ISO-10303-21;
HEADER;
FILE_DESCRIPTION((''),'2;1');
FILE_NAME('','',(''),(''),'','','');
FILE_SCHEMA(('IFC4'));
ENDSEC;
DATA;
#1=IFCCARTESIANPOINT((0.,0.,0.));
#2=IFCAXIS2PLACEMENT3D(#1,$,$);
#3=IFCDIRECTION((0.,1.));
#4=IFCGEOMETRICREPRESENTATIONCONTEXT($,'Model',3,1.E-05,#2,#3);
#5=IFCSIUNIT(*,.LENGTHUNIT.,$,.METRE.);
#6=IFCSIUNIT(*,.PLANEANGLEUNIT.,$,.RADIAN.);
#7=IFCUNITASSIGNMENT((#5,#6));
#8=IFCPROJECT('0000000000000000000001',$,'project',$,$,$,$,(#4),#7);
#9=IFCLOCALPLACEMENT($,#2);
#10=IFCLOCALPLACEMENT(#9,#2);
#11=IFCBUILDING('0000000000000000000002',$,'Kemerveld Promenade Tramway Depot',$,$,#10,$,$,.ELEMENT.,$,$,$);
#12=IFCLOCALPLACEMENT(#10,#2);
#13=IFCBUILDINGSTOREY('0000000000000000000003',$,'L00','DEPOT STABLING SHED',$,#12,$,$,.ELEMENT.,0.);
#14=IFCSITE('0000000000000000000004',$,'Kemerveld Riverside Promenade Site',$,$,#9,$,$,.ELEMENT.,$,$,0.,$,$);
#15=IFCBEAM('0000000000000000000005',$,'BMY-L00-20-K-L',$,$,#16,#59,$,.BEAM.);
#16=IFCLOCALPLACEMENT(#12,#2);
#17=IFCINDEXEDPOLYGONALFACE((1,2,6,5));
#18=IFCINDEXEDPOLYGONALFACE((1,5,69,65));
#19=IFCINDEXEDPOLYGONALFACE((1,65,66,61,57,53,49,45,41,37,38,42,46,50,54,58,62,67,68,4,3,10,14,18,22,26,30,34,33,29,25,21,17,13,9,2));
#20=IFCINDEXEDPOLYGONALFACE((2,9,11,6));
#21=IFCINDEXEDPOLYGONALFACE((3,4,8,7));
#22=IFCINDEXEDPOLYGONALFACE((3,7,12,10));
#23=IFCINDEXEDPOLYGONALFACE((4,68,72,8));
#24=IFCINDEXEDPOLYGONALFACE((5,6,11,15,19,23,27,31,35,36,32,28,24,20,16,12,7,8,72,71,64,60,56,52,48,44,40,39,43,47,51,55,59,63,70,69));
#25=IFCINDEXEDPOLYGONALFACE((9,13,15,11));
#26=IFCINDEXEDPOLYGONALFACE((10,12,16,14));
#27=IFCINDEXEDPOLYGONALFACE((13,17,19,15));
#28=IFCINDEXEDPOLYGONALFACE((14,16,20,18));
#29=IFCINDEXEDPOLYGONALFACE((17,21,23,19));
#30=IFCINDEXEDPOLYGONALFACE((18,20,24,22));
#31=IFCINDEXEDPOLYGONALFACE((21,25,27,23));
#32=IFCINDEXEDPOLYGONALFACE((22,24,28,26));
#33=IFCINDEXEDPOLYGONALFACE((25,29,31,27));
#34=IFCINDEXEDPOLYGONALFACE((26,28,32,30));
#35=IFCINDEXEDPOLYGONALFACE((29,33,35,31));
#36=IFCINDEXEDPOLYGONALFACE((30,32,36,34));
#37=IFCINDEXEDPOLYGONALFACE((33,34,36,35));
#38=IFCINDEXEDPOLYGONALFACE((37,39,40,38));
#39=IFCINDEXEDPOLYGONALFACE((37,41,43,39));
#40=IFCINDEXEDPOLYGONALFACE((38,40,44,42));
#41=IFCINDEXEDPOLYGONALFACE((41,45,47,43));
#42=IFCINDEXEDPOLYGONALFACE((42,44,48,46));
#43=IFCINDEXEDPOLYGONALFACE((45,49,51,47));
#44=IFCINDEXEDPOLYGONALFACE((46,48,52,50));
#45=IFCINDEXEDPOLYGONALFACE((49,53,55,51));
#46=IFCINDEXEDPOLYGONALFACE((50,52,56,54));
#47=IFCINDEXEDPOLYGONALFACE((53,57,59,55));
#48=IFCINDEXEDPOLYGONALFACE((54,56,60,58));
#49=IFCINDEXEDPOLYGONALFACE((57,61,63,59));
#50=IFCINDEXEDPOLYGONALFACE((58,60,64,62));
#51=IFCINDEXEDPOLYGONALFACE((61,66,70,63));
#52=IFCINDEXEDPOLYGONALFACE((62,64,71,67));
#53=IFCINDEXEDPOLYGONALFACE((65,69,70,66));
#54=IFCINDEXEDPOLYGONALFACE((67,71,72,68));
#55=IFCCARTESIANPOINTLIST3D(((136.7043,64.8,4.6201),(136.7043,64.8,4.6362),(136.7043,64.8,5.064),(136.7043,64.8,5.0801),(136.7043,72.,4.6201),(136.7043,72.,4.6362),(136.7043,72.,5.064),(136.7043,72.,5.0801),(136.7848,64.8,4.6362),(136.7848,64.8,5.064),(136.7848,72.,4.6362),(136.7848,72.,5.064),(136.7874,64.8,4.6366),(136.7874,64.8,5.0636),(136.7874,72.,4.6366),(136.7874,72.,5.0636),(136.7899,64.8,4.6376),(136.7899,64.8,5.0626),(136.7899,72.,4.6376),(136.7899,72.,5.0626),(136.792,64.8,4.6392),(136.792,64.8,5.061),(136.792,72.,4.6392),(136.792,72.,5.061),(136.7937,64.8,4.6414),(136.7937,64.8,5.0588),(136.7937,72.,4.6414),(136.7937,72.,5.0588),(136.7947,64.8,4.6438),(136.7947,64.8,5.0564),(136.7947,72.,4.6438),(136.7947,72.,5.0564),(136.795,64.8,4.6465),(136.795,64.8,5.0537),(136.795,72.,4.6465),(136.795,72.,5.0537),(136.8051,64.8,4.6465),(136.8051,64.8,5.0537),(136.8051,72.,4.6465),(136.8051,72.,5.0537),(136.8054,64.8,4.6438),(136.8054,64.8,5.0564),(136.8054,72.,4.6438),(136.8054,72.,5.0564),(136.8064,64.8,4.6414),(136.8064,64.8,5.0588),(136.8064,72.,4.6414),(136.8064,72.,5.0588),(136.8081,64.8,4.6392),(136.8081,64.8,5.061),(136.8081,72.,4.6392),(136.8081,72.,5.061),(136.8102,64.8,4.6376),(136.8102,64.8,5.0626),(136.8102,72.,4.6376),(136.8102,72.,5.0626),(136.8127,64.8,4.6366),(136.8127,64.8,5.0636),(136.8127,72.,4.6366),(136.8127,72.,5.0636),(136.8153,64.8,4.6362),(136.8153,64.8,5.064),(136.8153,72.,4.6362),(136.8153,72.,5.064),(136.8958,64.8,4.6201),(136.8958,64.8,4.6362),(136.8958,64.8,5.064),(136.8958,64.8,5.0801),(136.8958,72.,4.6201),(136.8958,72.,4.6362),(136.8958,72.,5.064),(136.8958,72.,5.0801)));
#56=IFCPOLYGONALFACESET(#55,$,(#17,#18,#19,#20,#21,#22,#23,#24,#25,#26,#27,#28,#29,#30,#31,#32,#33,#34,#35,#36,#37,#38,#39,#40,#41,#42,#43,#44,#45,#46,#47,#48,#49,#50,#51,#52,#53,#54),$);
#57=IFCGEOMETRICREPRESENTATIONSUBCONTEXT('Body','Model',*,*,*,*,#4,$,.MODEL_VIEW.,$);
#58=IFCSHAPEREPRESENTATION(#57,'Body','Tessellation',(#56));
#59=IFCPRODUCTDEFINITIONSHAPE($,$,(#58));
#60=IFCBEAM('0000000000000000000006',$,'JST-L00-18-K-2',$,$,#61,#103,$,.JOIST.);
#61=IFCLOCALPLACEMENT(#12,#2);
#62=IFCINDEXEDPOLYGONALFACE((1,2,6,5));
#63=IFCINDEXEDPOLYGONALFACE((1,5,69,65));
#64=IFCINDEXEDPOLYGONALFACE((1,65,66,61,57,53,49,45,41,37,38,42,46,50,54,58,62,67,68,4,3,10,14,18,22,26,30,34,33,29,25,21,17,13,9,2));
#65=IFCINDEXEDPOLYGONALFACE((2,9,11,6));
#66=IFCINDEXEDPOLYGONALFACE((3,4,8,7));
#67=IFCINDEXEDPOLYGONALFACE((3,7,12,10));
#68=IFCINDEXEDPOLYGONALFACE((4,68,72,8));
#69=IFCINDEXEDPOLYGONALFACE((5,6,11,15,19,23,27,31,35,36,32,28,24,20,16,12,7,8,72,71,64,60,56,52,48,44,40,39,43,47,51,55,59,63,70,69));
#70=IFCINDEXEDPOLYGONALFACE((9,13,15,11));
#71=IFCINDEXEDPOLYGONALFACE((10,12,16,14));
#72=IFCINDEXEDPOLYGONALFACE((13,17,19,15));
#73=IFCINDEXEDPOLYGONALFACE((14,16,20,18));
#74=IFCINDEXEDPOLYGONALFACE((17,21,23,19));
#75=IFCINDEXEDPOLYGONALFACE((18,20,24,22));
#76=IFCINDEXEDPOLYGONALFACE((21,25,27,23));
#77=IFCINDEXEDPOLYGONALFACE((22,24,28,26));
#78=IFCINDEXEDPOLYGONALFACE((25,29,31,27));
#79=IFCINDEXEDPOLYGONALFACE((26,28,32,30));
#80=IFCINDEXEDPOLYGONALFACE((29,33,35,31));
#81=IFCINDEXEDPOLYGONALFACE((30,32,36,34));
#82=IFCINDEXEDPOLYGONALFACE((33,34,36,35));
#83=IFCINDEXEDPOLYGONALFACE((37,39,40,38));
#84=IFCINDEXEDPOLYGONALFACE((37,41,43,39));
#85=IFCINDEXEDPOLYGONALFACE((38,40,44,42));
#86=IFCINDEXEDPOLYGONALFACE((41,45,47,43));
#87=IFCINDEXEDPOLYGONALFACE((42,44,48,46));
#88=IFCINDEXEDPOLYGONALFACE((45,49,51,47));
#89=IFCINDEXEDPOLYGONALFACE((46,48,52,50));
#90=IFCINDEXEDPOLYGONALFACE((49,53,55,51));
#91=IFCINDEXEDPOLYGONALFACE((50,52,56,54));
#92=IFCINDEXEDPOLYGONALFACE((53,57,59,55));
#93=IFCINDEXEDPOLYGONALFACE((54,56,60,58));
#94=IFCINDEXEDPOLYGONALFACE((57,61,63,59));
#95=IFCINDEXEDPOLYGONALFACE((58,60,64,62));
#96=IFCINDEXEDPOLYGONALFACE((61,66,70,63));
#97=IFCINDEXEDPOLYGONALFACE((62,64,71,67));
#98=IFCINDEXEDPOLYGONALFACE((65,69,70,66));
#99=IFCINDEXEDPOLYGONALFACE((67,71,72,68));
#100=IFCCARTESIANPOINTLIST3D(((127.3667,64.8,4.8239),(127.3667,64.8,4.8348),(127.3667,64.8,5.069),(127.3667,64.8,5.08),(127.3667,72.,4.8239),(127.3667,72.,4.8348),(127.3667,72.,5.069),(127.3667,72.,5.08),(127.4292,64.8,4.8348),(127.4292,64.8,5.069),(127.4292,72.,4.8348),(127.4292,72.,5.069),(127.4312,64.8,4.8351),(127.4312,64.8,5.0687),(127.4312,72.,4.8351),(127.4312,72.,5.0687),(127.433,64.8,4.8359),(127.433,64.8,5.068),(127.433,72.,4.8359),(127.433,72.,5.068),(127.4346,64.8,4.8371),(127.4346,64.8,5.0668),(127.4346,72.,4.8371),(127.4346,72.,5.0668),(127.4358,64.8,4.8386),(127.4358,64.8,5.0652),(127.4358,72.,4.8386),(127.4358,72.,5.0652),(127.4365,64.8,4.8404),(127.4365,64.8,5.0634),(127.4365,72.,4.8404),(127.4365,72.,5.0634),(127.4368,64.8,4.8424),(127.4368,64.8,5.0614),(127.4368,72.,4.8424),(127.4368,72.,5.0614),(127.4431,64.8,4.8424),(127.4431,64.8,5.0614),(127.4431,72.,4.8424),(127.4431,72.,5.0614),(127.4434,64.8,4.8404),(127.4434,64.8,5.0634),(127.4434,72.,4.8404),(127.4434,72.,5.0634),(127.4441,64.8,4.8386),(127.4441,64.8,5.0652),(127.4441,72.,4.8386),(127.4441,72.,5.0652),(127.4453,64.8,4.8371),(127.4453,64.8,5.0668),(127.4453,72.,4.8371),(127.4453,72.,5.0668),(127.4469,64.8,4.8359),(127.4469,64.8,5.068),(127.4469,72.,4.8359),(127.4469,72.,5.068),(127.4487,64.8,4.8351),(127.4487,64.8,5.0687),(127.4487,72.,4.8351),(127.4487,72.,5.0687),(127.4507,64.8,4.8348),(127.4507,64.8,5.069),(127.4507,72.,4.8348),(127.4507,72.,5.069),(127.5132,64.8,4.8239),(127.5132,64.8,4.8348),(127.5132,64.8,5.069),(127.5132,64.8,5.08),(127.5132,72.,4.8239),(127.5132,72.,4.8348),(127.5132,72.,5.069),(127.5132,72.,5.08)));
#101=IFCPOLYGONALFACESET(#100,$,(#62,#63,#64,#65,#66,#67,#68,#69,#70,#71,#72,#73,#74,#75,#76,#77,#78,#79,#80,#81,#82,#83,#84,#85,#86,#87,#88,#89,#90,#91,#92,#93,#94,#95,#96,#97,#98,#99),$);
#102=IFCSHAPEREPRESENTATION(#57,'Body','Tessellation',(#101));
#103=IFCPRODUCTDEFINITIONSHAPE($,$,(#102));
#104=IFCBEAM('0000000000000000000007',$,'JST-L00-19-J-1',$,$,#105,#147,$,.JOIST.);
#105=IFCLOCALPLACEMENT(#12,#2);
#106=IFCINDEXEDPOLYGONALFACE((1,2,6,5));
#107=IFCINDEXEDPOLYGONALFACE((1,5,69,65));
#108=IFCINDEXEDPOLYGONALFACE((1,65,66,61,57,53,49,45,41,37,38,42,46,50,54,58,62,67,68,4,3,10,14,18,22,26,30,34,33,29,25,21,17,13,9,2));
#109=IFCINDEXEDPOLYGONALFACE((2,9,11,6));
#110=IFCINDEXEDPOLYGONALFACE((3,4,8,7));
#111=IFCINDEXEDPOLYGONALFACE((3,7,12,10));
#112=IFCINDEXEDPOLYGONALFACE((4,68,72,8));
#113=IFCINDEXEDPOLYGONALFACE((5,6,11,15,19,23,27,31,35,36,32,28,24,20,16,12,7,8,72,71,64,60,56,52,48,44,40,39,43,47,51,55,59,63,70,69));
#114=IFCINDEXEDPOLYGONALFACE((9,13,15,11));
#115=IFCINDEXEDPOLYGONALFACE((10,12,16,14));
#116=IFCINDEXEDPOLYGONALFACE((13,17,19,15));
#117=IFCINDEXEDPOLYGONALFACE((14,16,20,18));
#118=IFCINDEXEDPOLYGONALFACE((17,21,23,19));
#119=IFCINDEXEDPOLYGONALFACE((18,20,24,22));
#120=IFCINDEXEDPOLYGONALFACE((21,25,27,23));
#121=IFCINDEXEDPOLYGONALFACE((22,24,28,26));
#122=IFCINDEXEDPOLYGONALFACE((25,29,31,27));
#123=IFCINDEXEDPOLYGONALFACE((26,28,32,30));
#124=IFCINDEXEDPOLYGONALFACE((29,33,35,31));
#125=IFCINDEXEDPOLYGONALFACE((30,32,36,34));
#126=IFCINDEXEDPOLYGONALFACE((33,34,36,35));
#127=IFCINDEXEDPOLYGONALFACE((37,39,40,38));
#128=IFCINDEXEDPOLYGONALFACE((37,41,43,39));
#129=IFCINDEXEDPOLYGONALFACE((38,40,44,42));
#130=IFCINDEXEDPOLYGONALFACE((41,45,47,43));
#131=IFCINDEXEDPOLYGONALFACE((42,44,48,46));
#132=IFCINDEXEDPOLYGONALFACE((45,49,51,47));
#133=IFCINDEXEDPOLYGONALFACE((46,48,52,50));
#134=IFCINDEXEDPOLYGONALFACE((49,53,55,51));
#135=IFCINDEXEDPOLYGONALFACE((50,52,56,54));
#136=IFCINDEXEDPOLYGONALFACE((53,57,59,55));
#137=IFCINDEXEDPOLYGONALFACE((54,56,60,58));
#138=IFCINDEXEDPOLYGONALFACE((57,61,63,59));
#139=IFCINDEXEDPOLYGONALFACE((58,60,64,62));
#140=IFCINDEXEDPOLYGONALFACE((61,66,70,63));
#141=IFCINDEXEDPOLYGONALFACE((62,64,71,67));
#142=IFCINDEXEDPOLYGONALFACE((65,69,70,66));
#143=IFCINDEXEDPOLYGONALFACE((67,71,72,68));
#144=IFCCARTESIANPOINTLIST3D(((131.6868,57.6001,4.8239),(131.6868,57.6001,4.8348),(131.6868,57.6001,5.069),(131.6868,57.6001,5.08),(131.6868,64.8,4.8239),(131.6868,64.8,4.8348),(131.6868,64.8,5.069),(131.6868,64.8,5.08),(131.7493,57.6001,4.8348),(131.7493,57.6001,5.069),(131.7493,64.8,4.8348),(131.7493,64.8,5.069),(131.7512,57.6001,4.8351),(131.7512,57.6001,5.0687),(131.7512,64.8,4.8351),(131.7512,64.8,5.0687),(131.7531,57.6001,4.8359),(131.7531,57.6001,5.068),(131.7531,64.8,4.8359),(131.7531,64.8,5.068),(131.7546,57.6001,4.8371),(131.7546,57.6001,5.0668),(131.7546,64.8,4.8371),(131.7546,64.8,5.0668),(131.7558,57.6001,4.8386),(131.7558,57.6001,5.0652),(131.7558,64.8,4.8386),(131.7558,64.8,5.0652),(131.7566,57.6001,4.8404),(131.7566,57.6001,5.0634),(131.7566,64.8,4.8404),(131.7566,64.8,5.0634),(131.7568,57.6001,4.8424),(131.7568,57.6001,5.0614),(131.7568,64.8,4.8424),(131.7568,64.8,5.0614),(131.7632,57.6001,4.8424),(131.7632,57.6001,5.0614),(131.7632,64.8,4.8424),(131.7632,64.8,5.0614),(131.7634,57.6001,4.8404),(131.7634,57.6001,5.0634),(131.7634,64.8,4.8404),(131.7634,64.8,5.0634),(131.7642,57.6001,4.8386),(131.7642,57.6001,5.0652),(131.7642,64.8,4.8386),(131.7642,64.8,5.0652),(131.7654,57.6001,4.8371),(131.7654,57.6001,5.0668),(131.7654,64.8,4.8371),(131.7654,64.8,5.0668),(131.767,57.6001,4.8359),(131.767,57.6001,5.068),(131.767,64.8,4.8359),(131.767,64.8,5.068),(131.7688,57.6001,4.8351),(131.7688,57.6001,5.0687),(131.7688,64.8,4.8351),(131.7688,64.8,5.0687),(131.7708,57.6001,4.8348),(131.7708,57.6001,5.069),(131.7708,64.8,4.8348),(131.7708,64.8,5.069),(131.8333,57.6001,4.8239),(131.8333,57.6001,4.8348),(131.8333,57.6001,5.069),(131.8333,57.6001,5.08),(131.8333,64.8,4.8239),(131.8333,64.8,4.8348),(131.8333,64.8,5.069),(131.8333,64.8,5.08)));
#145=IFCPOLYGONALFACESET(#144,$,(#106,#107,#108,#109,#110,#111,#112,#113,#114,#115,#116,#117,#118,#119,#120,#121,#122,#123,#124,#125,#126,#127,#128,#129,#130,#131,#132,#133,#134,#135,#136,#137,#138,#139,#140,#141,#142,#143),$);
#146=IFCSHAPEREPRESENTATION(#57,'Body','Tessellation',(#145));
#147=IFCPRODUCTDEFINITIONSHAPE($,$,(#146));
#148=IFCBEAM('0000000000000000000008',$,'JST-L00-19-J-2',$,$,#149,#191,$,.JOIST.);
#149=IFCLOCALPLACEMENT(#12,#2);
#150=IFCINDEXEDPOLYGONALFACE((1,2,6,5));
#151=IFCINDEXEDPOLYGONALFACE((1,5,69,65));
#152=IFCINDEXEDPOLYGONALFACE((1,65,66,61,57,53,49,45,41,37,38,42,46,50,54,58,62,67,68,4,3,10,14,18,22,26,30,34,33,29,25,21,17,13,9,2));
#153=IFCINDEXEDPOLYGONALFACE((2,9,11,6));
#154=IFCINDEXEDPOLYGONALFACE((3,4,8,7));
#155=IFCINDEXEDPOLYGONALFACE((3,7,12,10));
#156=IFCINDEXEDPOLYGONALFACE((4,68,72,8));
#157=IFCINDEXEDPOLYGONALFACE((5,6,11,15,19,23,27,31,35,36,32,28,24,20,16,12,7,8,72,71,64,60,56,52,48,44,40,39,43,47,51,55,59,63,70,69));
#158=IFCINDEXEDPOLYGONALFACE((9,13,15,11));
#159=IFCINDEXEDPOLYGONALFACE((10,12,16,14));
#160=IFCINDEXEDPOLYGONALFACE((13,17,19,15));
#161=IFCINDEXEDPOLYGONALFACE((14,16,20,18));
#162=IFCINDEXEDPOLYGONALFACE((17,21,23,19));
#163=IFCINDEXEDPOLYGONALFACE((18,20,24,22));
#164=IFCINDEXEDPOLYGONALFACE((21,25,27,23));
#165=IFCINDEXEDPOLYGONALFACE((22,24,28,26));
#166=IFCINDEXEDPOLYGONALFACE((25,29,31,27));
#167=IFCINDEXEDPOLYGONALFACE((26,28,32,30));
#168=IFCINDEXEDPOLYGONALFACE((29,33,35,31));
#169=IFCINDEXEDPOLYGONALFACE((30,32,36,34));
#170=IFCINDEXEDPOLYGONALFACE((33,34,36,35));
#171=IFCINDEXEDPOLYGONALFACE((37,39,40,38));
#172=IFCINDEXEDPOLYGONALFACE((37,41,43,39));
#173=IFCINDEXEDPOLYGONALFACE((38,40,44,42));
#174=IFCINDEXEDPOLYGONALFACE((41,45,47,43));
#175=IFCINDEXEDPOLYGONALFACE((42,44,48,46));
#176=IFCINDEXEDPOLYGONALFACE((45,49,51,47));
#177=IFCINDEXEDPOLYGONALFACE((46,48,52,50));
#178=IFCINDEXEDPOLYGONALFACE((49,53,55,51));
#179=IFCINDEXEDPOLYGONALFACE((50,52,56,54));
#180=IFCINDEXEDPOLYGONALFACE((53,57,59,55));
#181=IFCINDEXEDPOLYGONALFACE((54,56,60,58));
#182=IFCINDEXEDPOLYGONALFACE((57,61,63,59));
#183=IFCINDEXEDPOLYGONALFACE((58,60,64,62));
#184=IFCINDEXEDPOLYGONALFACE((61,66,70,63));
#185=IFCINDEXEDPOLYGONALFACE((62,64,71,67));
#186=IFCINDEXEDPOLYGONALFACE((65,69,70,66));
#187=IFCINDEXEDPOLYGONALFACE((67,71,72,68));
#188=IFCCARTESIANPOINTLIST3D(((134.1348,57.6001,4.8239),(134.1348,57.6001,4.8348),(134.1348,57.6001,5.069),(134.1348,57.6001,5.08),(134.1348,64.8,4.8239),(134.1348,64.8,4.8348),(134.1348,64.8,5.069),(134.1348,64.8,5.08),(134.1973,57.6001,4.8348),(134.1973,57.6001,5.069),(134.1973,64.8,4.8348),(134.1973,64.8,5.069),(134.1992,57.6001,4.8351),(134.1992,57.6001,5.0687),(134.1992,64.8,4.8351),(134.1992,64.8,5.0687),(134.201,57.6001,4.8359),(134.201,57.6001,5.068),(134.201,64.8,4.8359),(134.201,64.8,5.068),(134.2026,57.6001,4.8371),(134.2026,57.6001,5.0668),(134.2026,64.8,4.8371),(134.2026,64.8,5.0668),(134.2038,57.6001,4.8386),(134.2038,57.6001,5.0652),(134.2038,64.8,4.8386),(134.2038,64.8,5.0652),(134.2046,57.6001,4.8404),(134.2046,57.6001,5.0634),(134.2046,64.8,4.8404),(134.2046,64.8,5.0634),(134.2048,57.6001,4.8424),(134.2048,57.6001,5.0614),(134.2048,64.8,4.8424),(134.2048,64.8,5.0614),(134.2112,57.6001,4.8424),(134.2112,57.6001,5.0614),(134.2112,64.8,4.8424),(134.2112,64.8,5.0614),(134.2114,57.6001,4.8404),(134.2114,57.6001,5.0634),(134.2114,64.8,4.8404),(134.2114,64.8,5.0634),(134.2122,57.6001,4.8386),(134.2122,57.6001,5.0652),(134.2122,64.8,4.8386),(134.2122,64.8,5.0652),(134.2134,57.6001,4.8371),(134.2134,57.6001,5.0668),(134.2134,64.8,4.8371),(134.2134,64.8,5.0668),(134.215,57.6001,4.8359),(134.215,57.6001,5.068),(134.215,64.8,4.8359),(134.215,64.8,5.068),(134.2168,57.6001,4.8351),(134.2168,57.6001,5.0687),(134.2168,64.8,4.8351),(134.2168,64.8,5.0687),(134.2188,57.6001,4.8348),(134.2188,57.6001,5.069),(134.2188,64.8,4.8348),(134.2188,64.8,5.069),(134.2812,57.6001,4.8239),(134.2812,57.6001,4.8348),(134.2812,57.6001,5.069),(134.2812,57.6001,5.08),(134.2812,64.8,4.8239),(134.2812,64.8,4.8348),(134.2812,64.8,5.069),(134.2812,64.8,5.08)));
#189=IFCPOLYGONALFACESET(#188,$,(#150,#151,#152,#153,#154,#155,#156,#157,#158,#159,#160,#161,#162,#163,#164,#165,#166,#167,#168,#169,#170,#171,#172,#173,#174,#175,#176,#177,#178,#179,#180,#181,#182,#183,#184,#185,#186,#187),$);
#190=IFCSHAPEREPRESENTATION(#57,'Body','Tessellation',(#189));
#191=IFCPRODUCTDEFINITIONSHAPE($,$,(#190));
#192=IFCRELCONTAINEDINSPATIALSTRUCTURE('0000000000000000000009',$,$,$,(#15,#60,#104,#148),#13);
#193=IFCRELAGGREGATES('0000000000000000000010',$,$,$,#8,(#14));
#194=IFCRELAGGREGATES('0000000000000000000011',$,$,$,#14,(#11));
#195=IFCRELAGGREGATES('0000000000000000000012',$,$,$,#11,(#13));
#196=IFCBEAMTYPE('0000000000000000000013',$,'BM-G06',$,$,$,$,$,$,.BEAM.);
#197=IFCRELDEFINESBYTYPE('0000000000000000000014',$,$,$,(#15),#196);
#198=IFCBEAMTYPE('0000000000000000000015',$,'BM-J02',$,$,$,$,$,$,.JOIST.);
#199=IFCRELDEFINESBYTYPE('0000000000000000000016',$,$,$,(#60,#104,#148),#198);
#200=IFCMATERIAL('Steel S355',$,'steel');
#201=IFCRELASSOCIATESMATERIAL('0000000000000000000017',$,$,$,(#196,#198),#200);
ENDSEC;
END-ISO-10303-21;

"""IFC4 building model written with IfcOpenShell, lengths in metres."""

from ifc_helpers import new_model, si_unit, direction, frame, origin, origin_2d, place, context, subcontext, project, spatial, i_section, extrude, material, material_profile, profile_set, type_object, element, save


model = new_model("IFC4")

# Units and contexts
model_context = context("Model", 3, precision=1e-05, world=origin(), true_north=direction((0.0, 1.0)))
body_context = subcontext(model_context, "Body", "Model", "MODEL_VIEW")
ifc_project = project(units=[si_unit("LENGTHUNIT", "METRE"), si_unit("PLANEANGLEUNIT", "RADIAN")], contexts=[model_context])

# Site, building, storey
site_placement = place(None, origin())
site = spatial("IfcSite", under=ifc_project, at=site_placement, Name="Kemerveld Riverside Promenade Site", CompositionType="ELEMENT", RefElevation=0.0)
building_placement = place(site_placement, origin())
building = spatial("IfcBuilding", under=site, at=building_placement, Name="Kemerveld Promenade Tramway Depot", CompositionType="ELEMENT")
storey_placement = place(building_placement, origin())
storey = spatial("IfcBuildingStorey", under=building, at=storey_placement, Name="L00", Description="DEPOT STABLING SHED", CompositionType="ELEMENT", Elevation=0.0)

# Beams
ifc_material_1 = material(Name="Steel S355", Category="steel")
ifc_material_profile_1 = material_profile(ifc_material_1, i_section(OverallWidth=0.1914, OverallDepth=0.46, WebThickness=0.01, FlangeThickness=0.0161, FilletRadius=0.0103, at=origin_2d()), Name="457x191x82 UB")
ifc_profile_set_1 = profile_set([ifc_material_profile_1], Name="Steel S355")
beam_type_1 = type_object("IfcBeamType", Name="BM-G06", PredefinedType="BEAM", material=ifc_profile_set_1)
for number, where, z_axis, x_axis, name in (
    (1, (136.8, 64.8, 4.8501), (0.0, 1.0, 0.0), (-1.0, 0.0, 0.0), "BMY-L00-20-K-L"),
):
    element("IfcBeam", number, at=place(storey_placement, frame(where, z_axis=z_axis, x_axis=x_axis)), inside=storey, type_object=beam_type_1, Name=name, PredefinedType="BEAM", context=body_context, shape_type="SweptSolid", body=[
        extrude(i_section(OverallWidth=0.1914, OverallDepth=0.46, WebThickness=0.01, FlangeThickness=0.0161, FilletRadius=0.0103, at=origin_2d()), origin(), (0.0, 0.0, 1.0), 7.2),
    ])
ifc_material_profile_2 = material_profile(ifc_material_1, i_section(OverallWidth=0.1465, OverallDepth=0.2561, WebThickness=0.0063, FlangeThickness=0.011, FilletRadius=0.0076, at=origin_2d()), Name="254x146x37 UB")
ifc_profile_set_2 = profile_set([ifc_material_profile_2], Name="Steel S355")
beam_type_2 = type_object("IfcBeamType", Name="BM-J02", PredefinedType="JOIST", material=ifc_profile_set_2)
for number, where, z_axis, x_axis, name in (
    (2, (127.4399, 64.8, 4.9519), (0.0, 1.0, 0.0), (-1.0, 0.0, 0.0), "JST-L00-18-K-2"),
    (3, (131.76, 57.6001, 4.9519), (0.0, 1.0, 0.0), (-1.0, 0.0, 0.0), "JST-L00-19-J-1"),
    (4, (134.208, 57.6001, 4.9519), (0.0, 1.0, 0.0), (-1.0, 0.0, 0.0), "JST-L00-19-J-2"),
):
    element("IfcBeam", number, at=place(storey_placement, frame(where, z_axis=z_axis, x_axis=x_axis)), inside=storey, type_object=beam_type_2, Name=name, PredefinedType="JOIST", context=body_context, shape_type="SweptSolid", body=[
        extrude(i_section(OverallWidth=0.1465, OverallDepth=0.2561, WebThickness=0.0063, FlangeThickness=0.011, FilletRadius=0.0076, at=origin_2d()), origin(), (0.0, 0.0, 1.0), 7.2),
    ])

save(model, "model.ifc")
